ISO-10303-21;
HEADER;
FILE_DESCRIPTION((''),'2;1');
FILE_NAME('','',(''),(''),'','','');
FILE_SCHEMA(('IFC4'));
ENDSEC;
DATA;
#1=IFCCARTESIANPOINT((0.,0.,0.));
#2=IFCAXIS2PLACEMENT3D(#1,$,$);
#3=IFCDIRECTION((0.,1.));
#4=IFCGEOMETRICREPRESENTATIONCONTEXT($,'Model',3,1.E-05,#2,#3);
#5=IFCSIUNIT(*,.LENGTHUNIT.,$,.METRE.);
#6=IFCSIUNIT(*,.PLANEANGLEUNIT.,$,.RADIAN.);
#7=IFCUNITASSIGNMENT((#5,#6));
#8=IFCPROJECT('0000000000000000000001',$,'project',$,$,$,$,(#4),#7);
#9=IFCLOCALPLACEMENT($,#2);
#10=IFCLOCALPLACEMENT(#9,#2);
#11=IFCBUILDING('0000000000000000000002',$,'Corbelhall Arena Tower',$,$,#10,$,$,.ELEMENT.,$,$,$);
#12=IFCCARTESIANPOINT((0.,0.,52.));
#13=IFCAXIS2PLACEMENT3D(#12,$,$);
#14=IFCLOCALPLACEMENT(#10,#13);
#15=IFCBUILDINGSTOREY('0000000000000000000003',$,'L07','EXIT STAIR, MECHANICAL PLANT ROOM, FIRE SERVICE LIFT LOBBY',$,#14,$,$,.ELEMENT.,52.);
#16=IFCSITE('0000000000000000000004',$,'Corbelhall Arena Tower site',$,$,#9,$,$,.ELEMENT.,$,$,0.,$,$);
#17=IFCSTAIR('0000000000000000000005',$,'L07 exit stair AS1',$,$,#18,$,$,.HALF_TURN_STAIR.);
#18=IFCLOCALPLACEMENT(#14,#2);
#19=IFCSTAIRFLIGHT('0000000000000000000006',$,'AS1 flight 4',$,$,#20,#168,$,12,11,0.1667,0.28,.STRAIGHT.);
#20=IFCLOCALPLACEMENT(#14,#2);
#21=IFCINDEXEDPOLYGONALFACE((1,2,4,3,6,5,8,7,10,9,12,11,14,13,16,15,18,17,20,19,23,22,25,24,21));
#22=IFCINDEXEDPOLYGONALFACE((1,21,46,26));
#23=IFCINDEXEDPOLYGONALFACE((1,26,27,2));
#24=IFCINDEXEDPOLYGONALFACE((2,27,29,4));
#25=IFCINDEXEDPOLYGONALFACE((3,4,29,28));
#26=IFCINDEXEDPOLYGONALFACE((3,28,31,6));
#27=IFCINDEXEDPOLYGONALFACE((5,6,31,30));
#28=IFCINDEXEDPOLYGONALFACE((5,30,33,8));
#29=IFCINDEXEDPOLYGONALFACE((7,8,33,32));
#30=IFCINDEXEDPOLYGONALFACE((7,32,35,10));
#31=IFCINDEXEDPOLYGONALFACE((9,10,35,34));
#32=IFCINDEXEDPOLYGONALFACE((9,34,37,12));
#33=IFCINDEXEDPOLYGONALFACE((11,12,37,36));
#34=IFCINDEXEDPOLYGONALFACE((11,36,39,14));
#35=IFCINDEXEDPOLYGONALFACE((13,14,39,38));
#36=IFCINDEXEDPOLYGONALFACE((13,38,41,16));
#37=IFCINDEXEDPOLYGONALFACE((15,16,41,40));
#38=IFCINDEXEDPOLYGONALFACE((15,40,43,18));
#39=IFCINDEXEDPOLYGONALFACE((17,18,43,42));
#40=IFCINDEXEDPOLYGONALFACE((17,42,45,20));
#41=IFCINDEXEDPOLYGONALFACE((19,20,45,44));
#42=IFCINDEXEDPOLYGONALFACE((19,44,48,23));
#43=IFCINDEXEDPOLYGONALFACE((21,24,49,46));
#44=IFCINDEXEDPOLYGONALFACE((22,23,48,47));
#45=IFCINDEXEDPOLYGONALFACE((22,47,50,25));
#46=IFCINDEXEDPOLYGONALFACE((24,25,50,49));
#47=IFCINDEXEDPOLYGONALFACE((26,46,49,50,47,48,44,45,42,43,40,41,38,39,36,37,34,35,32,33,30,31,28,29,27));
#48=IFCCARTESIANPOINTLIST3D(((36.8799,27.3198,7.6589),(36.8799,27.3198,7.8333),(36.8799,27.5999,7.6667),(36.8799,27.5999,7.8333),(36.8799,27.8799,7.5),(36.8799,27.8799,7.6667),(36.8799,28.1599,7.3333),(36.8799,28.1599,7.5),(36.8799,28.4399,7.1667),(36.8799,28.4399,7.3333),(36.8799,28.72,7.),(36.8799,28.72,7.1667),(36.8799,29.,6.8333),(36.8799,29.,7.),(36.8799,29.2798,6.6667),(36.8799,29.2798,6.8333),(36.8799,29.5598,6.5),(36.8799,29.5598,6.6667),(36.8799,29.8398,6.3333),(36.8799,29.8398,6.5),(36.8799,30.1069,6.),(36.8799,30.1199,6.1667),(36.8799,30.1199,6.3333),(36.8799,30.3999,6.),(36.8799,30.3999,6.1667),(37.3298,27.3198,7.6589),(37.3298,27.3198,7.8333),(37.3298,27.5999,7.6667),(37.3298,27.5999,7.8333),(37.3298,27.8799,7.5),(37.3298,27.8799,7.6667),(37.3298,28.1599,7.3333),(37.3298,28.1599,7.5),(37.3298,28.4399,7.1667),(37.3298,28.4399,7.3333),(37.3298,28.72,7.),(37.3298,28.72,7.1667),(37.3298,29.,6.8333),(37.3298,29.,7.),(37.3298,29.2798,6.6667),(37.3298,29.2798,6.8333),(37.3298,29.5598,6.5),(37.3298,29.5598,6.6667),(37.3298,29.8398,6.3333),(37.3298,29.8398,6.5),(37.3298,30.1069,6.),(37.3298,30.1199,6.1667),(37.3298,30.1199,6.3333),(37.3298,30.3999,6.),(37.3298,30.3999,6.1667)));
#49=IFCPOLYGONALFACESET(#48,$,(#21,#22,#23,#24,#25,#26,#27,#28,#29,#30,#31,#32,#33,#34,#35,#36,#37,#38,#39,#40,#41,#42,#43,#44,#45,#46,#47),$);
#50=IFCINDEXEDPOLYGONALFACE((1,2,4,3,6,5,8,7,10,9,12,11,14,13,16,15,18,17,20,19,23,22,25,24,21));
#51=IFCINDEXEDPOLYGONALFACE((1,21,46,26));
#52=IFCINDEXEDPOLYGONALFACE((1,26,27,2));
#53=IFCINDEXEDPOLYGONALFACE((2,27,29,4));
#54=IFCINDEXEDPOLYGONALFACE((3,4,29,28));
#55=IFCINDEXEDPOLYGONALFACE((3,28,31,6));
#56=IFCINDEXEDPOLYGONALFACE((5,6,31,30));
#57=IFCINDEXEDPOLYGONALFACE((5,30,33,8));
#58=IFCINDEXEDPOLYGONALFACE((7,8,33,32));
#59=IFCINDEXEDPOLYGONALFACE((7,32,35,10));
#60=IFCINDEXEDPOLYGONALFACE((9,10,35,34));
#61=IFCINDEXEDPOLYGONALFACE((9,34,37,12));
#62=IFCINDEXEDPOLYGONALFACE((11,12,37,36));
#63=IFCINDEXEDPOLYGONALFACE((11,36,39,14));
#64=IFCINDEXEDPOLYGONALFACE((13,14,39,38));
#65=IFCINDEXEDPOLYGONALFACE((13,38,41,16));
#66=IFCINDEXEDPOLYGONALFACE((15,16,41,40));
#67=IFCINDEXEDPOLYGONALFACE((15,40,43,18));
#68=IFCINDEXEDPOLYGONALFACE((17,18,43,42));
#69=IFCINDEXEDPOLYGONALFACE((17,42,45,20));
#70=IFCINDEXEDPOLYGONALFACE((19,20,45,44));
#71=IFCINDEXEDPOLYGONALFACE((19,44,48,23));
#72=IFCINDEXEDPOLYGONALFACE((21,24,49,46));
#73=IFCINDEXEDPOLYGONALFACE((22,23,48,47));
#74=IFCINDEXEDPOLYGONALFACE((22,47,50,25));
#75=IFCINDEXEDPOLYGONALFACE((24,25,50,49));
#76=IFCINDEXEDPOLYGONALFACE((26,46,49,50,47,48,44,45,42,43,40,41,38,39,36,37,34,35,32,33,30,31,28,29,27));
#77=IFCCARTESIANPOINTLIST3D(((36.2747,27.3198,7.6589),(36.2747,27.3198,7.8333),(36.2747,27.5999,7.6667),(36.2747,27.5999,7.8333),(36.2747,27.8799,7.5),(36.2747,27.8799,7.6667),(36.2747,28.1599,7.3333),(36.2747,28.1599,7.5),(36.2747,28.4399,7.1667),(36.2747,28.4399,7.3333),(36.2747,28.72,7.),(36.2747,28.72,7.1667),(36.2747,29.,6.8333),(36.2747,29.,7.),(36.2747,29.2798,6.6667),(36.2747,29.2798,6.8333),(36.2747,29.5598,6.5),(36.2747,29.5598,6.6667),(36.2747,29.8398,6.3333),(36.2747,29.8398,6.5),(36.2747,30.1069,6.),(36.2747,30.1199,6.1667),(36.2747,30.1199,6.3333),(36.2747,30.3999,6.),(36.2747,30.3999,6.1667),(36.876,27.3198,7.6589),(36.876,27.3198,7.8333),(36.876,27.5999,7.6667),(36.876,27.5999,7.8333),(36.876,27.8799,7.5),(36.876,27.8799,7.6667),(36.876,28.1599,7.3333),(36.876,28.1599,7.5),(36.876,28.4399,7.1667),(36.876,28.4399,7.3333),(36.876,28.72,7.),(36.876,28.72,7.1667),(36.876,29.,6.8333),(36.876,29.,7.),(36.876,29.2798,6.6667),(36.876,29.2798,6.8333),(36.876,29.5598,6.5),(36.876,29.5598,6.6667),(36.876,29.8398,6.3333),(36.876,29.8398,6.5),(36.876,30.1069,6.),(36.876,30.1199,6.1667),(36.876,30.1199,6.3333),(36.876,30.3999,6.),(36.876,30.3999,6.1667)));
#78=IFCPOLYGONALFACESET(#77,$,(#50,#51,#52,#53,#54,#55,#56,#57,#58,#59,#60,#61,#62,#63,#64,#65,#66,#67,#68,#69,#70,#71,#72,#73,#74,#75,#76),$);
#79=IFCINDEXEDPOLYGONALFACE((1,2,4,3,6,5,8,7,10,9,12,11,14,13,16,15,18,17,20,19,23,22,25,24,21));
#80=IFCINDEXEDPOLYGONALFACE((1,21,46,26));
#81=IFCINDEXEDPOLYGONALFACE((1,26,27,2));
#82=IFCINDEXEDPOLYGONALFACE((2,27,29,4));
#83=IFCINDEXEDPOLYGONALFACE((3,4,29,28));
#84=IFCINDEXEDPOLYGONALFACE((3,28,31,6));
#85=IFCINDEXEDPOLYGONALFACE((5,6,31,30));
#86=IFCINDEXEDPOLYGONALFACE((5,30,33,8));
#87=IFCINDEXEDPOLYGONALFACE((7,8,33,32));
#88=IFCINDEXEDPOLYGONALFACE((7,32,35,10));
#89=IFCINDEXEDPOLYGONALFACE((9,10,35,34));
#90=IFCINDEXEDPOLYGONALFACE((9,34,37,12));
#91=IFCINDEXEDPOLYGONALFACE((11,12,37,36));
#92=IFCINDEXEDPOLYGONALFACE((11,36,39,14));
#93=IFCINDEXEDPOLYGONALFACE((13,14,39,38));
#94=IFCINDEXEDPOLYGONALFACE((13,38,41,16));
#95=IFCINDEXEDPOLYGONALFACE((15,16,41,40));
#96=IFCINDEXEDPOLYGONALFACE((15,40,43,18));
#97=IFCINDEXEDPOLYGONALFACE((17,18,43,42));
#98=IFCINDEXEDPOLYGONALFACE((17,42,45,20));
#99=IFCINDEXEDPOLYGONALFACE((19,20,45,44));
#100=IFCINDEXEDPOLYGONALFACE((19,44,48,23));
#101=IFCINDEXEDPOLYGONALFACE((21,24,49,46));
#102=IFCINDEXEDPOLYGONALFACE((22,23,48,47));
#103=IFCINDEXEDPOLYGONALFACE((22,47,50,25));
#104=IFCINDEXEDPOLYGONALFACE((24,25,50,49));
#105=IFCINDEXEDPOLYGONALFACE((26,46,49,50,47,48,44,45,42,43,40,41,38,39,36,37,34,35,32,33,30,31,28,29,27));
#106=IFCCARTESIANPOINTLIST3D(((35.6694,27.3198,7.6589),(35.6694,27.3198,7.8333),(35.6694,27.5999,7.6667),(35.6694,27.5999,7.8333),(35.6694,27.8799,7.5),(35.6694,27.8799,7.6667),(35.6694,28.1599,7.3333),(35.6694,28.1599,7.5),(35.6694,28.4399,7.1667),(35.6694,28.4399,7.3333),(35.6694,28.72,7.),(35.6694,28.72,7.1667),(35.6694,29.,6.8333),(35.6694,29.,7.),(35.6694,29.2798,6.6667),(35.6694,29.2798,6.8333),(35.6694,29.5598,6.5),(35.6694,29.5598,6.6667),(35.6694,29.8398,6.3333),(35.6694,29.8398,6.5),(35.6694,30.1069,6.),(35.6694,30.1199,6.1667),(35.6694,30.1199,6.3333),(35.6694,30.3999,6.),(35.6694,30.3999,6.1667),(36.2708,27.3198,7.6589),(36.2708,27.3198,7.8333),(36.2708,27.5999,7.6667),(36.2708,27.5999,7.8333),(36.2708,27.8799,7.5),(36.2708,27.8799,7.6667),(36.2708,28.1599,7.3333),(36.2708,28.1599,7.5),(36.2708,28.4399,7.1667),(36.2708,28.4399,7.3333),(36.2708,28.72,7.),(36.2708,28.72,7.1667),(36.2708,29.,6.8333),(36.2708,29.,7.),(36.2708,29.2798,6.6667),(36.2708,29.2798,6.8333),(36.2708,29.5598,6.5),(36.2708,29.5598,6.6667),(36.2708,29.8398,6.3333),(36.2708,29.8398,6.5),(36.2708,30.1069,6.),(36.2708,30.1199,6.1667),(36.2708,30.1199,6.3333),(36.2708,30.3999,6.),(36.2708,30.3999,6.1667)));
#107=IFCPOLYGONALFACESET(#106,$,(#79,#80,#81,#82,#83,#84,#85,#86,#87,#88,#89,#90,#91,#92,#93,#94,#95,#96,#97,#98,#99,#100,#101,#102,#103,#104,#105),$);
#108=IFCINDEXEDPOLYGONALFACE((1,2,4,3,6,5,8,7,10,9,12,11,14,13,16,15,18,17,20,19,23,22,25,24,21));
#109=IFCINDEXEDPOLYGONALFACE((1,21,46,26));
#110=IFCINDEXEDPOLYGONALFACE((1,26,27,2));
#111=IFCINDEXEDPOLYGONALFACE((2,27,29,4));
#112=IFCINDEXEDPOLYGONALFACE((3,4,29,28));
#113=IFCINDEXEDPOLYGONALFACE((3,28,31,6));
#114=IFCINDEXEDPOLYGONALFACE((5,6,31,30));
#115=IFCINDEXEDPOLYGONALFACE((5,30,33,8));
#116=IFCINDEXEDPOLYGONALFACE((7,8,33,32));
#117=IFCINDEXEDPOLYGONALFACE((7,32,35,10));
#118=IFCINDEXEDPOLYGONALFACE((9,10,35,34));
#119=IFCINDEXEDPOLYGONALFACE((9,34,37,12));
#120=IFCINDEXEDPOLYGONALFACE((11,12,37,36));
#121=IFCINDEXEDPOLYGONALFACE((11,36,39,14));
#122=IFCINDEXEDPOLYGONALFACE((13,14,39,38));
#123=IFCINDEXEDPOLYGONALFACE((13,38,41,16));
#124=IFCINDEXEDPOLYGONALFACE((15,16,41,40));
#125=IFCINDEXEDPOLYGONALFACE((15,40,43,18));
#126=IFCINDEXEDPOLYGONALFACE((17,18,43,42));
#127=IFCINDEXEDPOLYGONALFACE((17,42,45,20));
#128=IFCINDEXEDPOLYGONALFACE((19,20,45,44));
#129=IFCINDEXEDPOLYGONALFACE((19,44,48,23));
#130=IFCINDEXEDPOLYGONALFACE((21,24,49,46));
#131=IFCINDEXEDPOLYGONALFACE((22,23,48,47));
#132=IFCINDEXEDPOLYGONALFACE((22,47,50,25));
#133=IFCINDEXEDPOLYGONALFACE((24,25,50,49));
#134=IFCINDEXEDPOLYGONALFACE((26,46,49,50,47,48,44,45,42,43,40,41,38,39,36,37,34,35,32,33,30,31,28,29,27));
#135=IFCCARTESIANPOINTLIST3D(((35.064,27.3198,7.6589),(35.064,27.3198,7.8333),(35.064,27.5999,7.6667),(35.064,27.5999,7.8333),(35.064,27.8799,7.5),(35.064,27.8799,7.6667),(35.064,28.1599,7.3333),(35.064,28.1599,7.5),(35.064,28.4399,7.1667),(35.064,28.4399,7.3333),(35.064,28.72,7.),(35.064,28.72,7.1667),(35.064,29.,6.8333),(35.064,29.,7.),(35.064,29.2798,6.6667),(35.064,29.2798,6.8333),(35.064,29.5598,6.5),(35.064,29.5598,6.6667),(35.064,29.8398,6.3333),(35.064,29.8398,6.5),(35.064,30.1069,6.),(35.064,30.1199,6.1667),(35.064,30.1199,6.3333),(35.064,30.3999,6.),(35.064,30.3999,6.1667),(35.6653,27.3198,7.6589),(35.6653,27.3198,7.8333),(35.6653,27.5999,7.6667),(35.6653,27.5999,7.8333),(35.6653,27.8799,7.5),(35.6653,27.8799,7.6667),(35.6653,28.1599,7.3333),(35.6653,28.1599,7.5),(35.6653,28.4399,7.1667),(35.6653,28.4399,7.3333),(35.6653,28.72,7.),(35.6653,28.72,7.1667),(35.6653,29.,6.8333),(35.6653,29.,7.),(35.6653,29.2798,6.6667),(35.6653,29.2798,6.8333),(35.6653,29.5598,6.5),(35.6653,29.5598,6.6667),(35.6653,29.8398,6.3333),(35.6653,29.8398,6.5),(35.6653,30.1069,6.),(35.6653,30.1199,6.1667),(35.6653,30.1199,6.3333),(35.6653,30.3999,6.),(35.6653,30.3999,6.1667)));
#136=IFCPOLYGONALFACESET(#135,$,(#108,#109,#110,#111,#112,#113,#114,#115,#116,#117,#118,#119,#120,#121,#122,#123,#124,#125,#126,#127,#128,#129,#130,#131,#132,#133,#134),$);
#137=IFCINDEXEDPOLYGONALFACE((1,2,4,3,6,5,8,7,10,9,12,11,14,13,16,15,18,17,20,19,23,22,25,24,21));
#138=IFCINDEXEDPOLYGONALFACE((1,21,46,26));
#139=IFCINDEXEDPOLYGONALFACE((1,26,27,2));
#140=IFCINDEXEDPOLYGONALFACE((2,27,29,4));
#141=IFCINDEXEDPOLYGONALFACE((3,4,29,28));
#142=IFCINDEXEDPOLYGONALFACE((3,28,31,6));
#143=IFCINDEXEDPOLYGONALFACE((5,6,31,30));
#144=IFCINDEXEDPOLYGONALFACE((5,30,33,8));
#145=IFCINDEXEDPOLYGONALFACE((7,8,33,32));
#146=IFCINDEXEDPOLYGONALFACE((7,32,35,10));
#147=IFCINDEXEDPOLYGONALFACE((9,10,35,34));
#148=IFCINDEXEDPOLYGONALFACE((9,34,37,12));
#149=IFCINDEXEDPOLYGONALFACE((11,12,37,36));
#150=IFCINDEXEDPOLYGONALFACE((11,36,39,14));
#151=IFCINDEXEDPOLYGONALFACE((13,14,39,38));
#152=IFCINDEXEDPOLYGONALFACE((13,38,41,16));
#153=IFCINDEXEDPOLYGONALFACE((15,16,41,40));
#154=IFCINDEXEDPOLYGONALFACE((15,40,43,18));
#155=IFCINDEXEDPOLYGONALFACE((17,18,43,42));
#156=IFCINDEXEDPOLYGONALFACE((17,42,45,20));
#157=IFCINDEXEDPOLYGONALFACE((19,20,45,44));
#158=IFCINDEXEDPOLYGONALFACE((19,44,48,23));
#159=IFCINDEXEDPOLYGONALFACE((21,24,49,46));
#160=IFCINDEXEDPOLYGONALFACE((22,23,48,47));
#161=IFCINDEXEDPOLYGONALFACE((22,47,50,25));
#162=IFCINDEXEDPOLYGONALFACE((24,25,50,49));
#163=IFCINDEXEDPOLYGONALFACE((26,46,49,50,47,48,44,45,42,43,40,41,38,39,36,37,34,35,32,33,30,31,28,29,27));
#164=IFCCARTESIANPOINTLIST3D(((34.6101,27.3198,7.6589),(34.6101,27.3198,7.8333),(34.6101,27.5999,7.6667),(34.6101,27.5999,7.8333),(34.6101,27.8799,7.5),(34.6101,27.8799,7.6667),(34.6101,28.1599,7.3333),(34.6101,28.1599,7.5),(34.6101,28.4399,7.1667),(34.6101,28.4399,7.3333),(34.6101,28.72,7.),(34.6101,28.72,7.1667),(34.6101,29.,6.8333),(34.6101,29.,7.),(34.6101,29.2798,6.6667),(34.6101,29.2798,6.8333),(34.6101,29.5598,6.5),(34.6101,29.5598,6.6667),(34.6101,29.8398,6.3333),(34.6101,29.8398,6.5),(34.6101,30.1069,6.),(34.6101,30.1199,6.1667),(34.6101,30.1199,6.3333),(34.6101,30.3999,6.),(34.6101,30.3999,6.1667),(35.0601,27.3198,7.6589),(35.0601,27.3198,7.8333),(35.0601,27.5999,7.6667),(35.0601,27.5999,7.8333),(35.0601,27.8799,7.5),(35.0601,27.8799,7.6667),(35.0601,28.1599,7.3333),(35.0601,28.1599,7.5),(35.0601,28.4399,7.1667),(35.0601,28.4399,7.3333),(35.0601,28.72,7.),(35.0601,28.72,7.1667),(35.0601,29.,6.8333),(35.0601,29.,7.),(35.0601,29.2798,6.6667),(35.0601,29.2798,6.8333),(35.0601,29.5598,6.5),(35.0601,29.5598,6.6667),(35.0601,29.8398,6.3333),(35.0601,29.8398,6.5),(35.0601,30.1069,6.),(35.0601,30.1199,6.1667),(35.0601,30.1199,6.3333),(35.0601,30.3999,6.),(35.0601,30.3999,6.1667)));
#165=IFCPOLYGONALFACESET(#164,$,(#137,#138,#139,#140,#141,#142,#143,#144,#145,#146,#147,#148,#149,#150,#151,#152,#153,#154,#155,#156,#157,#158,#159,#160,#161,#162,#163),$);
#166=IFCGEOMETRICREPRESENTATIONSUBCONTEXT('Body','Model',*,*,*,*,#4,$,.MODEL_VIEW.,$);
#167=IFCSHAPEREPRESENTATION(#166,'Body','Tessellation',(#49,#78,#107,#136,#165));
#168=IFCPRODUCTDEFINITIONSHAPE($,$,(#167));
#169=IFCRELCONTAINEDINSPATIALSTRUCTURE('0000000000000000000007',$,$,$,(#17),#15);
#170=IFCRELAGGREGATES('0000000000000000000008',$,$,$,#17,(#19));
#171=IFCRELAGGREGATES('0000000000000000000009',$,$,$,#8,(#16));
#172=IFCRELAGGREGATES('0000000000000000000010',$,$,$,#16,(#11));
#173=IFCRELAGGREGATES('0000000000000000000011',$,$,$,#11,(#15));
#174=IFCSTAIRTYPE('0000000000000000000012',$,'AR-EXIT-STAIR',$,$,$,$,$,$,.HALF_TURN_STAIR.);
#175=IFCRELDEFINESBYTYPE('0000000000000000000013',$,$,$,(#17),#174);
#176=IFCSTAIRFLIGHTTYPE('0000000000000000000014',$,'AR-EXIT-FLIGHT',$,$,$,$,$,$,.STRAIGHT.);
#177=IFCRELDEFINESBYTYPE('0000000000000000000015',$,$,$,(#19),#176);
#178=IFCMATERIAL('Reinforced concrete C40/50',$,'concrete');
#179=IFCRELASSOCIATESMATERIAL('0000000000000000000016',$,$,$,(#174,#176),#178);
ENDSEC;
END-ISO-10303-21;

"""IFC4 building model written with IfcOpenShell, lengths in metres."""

from ifc_helpers import new_model, si_unit, direction, frame, origin, place, context, subcontext, project, spatial, polyline, outline, extrude, material, type_object, element, aggregate, save


model = new_model("IFC4")

# Units and contexts
model_context = context("Model", 3, precision=1e-05, world=origin(), true_north=direction((0.0, 1.0)))
body_context = subcontext(model_context, "Body", "Model", "MODEL_VIEW")
ifc_project = project(units=[si_unit("LENGTHUNIT", "METRE"), si_unit("PLANEANGLEUNIT", "RADIAN")], contexts=[model_context])

# Site, building, storey
site_placement = place(None, origin())
site = spatial("IfcSite", under=ifc_project, at=site_placement, Name="Corbelhall Arena Tower site", CompositionType="ELEMENT", RefElevation=0.0)
building_placement = place(site_placement, origin())
building = spatial("IfcBuilding", under=site, at=building_placement, Name="Corbelhall Arena Tower", CompositionType="ELEMENT")
storey_placement = place(building_placement, frame((0.0, 0.0, 52.0)))
storey = spatial("IfcBuildingStorey", under=building, at=storey_placement, Name="L07", Description="EXIT STAIR, MECHANICAL PLANT ROOM, FIRE SERVICE LIFT LOBBY", CompositionType="ELEMENT", Elevation=52.0)

# Shared definitions
ifc_material_1 = material(Name="Reinforced concrete C40/50", Category="concrete")

# Stair, stair flight
stair_type = type_object("IfcStairType", Name="AR-EXIT-STAIR", PredefinedType="HALF_TURN_STAIR", material=ifc_material_1)
stair_1_placement = place(storey_placement, origin())
stair_1 = element("IfcStair", 1, at=stair_1_placement, inside=storey, type_object=stair_type, Name="L07 exit stair AS1", PredefinedType="HALF_TURN_STAIR")
stair_flight_type = type_object("IfcStairFlightType", Name="AR-EXIT-FLIGHT", PredefinedType="STRAIGHT", material=ifc_material_1)
stair_flight_1_placement = place(storey_placement, frame((35.97, 30.3999, 6.0), z_axis=(0.0, 0.0, 1.0), x_axis=(0.0, -1.0, 0.0)))
stair_flight_1 = element("IfcStairFlight", 2, at=stair_flight_1_placement, type_object=stair_flight_type, Name="AS1 flight 4", NumberOfRisers=12, NumberOfTreads=11, PredefinedType="STRAIGHT", RiserHeight=0.1667, TreadLength=0.28, context=body_context, shape_type="SweptSolid", body=[
    extrude(outline(polyline([(0.0, 0.0), (0.0, 0.1667), (0.28, 0.1667), (0.28, 0.3333), (0.5601, 0.3333), (0.5601, 0.5), (0.8401, 0.5), (0.8401, 0.6667), (1.1201, 0.6667), (1.1201, 0.8333), (1.3999, 0.8333), (1.3999, 1.0), (1.6799, 1.0), (1.6799, 1.1667), (1.96, 1.1667), (1.96, 1.3333), (2.24, 1.3333), (2.24, 1.5), (2.52, 1.5), (2.52, 1.6667), (2.8, 1.6667), (2.8, 1.8333), (3.0801, 1.8333), (3.0801, 2.0), (3.0801, 1.6589), (0.293, 0.0), (0.0, 0.0)])), frame((0.0, 1.3599, 0.0), z_axis=(0.0, -1.0, 0.0), x_axis=(1.0, 0.0, 0.0)), (0.0, 0.0, 1.0), 0.45),
    extrude(outline(polyline([(0.0, 0.0), (0.0, 0.1667), (0.28, 0.1667), (0.28, 0.3333), (0.5601, 0.3333), (0.5601, 0.5), (0.8401, 0.5), (0.8401, 0.6667), (1.1201, 0.6667), (1.1201, 0.8333), (1.3999, 0.8333), (1.3999, 1.0), (1.6799, 1.0), (1.6799, 1.1667), (1.96, 1.1667), (1.96, 1.3333), (2.24, 1.3333), (2.24, 1.5), (2.52, 1.5), (2.52, 1.6667), (2.8, 1.6667), (2.8, 1.8333), (3.0801, 1.8333), (3.0801, 2.0), (3.0801, 1.6589), (0.293, 0.0), (0.0, 0.0)])), frame((0.0, 0.906, 0.0), z_axis=(0.0, -1.0, 0.0), x_axis=(1.0, 0.0, 0.0)), (0.0, 0.0, 1.0), 0.6013),
    extrude(outline(polyline([(0.0, 0.0), (0.0, 0.1667), (0.28, 0.1667), (0.28, 0.3333), (0.5601, 0.3333), (0.5601, 0.5), (0.8401, 0.5), (0.8401, 0.6667), (1.1201, 0.6667), (1.1201, 0.8333), (1.3999, 0.8333), (1.3999, 1.0), (1.6799, 1.0), (1.6799, 1.1667), (1.96, 1.1667), (1.96, 1.3333), (2.24, 1.3333), (2.24, 1.5), (2.52, 1.5), (2.52, 1.6667), (2.8, 1.6667), (2.8, 1.8333), (3.0801, 1.8333), (3.0801, 2.0), (3.0801, 1.6589), (0.293, 0.0), (0.0, 0.0)])), frame((0.0, 0.3008, 0.0), z_axis=(0.0, -1.0, 0.0), x_axis=(1.0, 0.0, 0.0)), (0.0, 0.0, 1.0), 0.6013),
    extrude(outline(polyline([(0.0, 0.0), (0.0, 0.1667), (0.28, 0.1667), (0.28, 0.3333), (0.5601, 0.3333), (0.5601, 0.5), (0.8401, 0.5), (0.8401, 0.6667), (1.1201, 0.6667), (1.1201, 0.8333), (1.3999, 0.8333), (1.3999, 1.0), (1.6799, 1.0), (1.6799, 1.1667), (1.96, 1.1667), (1.96, 1.3333), (2.24, 1.3333), (2.24, 1.5), (2.52, 1.5), (2.52, 1.6667), (2.8, 1.6667), (2.8, 1.8333), (3.0801, 1.8333), (3.0801, 2.0), (3.0801, 1.6589), (0.293, 0.0), (0.0, 0.0)])), frame((0.0, -0.3047, 0.0), z_axis=(0.0, -1.0, 0.0), x_axis=(1.0, 0.0, 0.0)), (0.0, 0.0, 1.0), 0.6013),
    extrude(outline(polyline([(0.0, 0.0), (0.0, 0.1667), (0.28, 0.1667), (0.28, 0.3333), (0.5601, 0.3333), (0.5601, 0.5), (0.8401, 0.5), (0.8401, 0.6667), (1.1201, 0.6667), (1.1201, 0.8333), (1.3999, 0.8333), (1.3999, 1.0), (1.6799, 1.0), (1.6799, 1.1667), (1.96, 1.1667), (1.96, 1.3333), (2.24, 1.3333), (2.24, 1.5), (2.52, 1.5), (2.52, 1.6667), (2.8, 1.6667), (2.8, 1.8333), (3.0801, 1.8333), (3.0801, 2.0), (3.0801, 1.6589), (0.293, 0.0), (0.0, 0.0)])), frame((0.0, -0.9099, 0.0), z_axis=(0.0, -1.0, 0.0), x_axis=(1.0, 0.0, 0.0)), (0.0, 0.0, 1.0), 0.45),
])
aggregate(stair_1, [stair_flight_1])

save(model, "model.ifc")
